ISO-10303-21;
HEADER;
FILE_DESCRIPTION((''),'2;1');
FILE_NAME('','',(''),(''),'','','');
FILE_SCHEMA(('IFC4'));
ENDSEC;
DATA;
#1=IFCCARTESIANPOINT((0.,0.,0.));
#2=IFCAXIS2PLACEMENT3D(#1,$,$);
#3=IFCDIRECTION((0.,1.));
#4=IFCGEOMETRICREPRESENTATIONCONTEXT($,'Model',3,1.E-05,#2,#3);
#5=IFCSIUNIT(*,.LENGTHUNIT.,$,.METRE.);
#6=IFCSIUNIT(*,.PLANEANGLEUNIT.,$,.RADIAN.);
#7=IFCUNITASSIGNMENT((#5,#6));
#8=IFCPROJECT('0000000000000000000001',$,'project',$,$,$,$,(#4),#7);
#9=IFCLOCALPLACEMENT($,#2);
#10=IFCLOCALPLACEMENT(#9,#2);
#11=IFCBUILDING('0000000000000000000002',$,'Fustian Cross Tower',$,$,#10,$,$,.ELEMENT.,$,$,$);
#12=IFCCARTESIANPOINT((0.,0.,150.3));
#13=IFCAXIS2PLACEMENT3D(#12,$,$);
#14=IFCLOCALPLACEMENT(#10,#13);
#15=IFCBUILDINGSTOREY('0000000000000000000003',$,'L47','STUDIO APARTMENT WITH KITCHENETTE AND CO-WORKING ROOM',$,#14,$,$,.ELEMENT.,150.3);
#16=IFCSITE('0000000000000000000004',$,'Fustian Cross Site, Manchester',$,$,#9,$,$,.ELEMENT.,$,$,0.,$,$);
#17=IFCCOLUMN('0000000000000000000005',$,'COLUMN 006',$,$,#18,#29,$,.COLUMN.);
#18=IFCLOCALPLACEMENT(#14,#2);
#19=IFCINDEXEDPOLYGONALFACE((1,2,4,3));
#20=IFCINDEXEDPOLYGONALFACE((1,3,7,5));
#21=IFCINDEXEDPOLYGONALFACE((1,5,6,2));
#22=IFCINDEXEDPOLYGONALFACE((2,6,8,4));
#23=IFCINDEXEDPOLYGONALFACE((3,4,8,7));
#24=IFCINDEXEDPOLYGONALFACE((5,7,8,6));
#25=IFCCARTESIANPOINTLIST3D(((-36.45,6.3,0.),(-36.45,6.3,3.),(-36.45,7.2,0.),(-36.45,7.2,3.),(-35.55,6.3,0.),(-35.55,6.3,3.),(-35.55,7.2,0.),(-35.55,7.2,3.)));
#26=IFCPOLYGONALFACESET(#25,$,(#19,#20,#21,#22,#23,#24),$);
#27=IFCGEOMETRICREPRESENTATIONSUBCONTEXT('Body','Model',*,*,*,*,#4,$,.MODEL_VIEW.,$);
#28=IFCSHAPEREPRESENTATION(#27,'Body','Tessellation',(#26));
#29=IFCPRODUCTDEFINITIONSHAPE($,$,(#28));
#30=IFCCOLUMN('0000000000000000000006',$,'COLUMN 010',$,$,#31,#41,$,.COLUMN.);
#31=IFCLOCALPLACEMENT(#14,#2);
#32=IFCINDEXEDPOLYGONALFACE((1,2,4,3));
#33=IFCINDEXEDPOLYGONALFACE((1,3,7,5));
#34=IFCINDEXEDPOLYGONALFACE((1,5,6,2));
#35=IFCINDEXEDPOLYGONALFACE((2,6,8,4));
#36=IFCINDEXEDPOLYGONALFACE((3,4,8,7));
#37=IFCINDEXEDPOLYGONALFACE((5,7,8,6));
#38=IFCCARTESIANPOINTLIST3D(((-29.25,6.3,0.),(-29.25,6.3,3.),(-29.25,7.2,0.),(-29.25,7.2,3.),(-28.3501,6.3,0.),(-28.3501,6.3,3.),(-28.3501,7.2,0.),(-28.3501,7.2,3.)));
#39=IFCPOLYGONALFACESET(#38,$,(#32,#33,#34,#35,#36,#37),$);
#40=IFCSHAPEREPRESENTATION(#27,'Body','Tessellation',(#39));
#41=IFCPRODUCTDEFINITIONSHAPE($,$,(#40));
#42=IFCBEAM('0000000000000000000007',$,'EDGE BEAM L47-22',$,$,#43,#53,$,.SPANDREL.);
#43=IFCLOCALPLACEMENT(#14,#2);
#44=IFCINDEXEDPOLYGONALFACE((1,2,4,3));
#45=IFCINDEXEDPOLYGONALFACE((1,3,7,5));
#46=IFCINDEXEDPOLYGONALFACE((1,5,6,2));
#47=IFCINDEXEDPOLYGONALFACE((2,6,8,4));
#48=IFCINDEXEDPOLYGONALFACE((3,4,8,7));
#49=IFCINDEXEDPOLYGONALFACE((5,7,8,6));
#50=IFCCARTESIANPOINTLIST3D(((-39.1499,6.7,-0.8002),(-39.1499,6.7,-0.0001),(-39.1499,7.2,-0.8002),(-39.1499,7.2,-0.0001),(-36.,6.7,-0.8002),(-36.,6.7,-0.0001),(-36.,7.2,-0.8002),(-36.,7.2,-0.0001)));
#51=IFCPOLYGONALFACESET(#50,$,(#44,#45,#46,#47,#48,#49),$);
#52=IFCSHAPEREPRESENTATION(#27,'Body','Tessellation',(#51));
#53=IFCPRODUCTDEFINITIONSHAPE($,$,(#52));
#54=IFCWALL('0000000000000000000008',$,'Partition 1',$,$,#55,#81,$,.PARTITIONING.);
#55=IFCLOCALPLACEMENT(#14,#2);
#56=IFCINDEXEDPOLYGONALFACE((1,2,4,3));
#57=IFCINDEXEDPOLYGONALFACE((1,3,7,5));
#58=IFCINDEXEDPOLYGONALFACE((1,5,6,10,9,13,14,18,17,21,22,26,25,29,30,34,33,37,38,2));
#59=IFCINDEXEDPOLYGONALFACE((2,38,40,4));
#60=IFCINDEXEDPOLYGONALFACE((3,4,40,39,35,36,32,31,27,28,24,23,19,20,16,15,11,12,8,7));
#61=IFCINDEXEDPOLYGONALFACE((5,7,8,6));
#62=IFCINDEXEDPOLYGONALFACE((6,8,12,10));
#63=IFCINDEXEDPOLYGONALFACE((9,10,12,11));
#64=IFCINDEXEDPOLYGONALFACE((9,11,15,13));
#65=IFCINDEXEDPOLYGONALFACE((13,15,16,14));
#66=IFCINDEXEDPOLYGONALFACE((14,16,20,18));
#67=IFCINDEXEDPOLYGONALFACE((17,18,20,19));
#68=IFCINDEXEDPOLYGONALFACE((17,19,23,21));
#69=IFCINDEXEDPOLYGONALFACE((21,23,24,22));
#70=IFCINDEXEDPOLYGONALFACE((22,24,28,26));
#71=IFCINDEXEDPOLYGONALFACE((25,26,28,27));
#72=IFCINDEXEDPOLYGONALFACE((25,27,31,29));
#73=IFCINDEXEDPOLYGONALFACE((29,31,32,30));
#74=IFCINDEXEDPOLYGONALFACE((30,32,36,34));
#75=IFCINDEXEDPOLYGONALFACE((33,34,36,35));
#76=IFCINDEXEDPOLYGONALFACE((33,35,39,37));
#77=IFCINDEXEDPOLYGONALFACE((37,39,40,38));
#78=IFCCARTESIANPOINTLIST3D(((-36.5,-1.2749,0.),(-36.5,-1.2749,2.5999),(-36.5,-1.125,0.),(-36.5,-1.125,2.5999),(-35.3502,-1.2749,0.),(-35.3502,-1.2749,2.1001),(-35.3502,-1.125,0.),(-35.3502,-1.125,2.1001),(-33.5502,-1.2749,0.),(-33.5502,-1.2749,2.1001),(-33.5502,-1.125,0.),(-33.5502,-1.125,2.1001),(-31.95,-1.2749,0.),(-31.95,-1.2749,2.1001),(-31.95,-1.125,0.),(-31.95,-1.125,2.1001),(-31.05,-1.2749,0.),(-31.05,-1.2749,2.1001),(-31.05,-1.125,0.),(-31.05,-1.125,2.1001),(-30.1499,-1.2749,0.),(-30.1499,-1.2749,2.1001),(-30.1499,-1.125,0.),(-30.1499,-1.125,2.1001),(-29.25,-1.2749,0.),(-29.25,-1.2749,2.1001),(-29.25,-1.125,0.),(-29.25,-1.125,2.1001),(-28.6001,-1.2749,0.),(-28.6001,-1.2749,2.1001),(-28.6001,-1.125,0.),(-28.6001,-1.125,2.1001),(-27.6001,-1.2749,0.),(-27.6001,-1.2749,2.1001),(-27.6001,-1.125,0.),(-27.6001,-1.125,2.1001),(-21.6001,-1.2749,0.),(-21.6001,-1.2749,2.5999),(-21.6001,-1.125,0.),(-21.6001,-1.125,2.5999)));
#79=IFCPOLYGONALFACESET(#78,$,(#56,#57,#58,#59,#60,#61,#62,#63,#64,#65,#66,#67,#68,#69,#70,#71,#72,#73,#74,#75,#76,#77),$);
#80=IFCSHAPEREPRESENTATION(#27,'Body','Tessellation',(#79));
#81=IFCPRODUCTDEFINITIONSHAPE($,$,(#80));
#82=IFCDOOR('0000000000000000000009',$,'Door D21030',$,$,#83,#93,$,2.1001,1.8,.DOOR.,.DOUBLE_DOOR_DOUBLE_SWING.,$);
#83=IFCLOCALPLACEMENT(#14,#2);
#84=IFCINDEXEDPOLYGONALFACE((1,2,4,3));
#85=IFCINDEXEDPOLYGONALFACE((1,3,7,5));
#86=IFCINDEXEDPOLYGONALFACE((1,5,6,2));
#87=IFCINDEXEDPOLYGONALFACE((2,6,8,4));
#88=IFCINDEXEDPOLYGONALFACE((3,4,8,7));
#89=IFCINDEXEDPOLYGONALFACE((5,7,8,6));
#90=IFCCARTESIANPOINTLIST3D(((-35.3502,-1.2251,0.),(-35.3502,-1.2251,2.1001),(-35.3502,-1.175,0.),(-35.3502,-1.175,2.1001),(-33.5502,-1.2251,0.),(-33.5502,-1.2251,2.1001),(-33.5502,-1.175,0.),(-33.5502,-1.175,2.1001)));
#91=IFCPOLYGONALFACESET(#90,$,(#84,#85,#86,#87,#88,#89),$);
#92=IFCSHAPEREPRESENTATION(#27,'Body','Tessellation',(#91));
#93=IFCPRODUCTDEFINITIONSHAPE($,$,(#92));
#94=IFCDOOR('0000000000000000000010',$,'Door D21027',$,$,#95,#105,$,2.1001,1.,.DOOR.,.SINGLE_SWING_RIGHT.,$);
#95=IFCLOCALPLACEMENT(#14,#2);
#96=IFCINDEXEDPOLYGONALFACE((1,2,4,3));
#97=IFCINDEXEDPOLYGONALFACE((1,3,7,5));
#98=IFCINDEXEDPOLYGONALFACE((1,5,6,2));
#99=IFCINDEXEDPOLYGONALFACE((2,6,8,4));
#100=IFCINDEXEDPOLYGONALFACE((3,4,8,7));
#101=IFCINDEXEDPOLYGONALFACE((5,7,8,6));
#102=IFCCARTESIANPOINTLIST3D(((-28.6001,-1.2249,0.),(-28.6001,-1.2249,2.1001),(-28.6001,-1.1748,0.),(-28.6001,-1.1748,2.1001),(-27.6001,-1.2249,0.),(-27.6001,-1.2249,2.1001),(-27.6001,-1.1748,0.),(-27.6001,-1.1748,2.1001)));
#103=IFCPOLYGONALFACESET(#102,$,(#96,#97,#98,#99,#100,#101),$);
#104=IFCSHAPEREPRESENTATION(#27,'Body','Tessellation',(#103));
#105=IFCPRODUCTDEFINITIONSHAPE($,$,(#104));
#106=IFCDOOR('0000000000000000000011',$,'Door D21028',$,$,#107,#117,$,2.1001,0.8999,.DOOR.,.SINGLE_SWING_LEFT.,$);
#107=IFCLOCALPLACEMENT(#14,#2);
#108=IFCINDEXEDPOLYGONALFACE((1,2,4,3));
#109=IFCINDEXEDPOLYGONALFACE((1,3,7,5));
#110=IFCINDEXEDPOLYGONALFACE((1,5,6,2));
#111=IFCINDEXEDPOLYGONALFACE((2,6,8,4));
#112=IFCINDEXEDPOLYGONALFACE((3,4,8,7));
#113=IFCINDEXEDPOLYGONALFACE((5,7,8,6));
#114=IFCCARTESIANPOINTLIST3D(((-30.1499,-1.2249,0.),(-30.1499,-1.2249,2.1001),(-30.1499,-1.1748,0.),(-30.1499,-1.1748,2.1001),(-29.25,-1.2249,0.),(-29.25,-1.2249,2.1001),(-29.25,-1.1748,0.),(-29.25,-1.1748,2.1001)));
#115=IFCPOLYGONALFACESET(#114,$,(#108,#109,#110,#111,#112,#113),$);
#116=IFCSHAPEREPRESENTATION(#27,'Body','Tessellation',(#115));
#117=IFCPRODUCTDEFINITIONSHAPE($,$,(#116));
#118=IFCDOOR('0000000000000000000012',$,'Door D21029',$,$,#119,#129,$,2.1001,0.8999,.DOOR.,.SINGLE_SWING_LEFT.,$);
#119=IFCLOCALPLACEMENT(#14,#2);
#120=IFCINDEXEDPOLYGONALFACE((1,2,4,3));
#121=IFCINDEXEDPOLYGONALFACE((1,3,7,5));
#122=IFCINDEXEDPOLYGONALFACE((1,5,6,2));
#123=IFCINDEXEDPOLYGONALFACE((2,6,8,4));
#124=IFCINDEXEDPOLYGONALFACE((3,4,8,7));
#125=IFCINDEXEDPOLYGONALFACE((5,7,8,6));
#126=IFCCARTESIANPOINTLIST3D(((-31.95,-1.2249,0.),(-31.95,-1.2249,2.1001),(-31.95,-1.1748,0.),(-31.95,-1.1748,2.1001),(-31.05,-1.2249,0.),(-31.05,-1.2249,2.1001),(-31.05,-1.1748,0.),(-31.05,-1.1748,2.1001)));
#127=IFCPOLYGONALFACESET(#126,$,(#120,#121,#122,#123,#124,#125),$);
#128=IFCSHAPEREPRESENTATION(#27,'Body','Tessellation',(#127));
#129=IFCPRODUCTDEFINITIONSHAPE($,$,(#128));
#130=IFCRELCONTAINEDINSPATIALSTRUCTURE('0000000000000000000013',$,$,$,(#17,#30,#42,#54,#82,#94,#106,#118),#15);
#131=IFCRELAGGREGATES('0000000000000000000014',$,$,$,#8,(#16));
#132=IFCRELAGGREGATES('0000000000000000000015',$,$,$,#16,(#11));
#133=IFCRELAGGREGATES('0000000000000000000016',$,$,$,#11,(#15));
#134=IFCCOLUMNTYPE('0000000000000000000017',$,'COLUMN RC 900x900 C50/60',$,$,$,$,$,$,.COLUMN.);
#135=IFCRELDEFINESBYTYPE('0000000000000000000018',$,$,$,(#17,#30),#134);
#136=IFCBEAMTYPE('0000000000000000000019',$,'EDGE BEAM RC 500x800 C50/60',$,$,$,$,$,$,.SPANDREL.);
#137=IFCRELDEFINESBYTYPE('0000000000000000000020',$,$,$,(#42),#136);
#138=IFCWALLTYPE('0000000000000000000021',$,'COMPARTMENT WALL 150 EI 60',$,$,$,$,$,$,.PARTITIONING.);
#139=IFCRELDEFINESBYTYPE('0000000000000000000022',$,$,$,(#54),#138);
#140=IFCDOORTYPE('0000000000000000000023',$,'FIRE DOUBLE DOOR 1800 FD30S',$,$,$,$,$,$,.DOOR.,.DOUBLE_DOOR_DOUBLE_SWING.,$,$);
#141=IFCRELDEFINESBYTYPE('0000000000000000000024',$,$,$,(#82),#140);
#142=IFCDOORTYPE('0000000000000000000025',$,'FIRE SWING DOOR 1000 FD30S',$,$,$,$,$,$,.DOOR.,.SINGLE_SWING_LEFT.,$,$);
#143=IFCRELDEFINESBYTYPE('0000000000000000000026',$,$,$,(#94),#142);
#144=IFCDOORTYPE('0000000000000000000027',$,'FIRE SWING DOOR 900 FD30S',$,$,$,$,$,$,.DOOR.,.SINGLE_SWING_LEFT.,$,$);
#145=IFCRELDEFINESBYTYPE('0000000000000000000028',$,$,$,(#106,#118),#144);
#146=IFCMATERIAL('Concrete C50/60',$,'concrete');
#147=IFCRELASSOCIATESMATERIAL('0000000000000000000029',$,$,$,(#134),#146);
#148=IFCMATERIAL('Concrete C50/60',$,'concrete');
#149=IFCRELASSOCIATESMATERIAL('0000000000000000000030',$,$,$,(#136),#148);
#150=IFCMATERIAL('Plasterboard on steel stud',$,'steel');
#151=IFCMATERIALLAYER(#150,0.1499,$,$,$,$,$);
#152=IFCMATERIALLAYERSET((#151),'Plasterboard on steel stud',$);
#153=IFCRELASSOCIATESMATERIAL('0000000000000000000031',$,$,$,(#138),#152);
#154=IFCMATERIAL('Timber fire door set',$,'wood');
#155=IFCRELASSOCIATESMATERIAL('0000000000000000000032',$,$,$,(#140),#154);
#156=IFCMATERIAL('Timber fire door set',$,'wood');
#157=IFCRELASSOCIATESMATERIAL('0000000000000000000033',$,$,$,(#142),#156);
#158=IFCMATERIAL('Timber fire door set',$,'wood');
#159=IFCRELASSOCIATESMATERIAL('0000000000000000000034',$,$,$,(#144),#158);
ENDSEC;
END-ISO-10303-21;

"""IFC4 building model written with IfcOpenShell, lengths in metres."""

from ifc_helpers import new_model, si_unit, direction, frame, frame_2d, origin, origin_2d, place, context, subcontext, project, spatial, rectangle, extrude, material, layer, layer_set, material_profile, profile_set, type_object, element, fill, save


model = new_model("IFC4")

# Units and contexts
model_context = context("Model", 3, precision=1e-05, world=origin(), true_north=direction((0.0, 1.0)))
body_context = subcontext(model_context, "Body", "Model", "MODEL_VIEW")
ifc_project = project(units=[si_unit("LENGTHUNIT", "METRE"), si_unit("PLANEANGLEUNIT", "RADIAN")], contexts=[model_context])

# Site, building, storey
site_placement = place(None, origin())
site = spatial("IfcSite", under=ifc_project, at=site_placement, Name="Fustian Cross Site, Manchester", CompositionType="ELEMENT", RefElevation=0.0)
building_placement = place(site_placement, origin())
building = spatial("IfcBuilding", under=site, at=building_placement, Name="Fustian Cross Tower", CompositionType="ELEMENT")
storey_placement = place(building_placement, frame((0.0, 0.0, 150.3)))
storey = spatial("IfcBuildingStorey", under=building, at=storey_placement, Name="L47", Description="STUDIO APARTMENT WITH KITCHENETTE AND CO-WORKING ROOM", CompositionType="ELEMENT", Elevation=150.3)

# Columns
ifc_material_1 = material(Name="Concrete C50/60", Category="concrete")
ifc_material_profile_1 = material_profile(ifc_material_1, rectangle(XDim=0.8999, YDim=0.8999, at=origin_2d()), Name="RC 900x900")
ifc_profile_set_1 = profile_set([ifc_material_profile_1], Name="Concrete C50/60")
column_type = type_object("IfcColumnType", Name="COLUMN RC 900x900 C50/60", PredefinedType="COLUMN", material=ifc_profile_set_1)
for number, where, z_axis, x_axis, name in (
    (1, (-36.0, 6.75, 0.0), (0.0, 0.0, 1.0), (1.0, 0.0, 0.0), "COLUMN 006"),
    (2, (-28.8, 6.75, 0.0), (0.0, 0.0, 1.0), (1.0, 0.0, 0.0), "COLUMN 010"),
):
    element("IfcColumn", number, at=place(storey_placement, frame(where, z_axis=z_axis, x_axis=x_axis)), inside=storey, type_object=column_type, Name=name, PredefinedType="COLUMN", context=body_context, shape_type="SweptSolid", body=[
        extrude(rectangle(XDim=0.8999, YDim=0.8999, at=origin_2d()), origin(), (0.0, 0.0, 1.0), 3.0),
    ])

# Beam
ifc_material_2 = material(Name="Concrete C50/60", Category="concrete")
ifc_material_profile_2 = material_profile(ifc_material_2, rectangle(XDim=0.5, YDim=0.8, at=origin_2d()), Name="RC 500x800")
ifc_profile_set_2 = profile_set([ifc_material_profile_2], Name="Concrete C50/60")
beam_type = type_object("IfcBeamType", Name="EDGE BEAM RC 500x800 C50/60", PredefinedType="SPANDREL", material=ifc_profile_set_2)
beam_placement = place(storey_placement, frame((-36.0, 6.95, -0.4001), z_axis=(-1.0, 0.0, 0.0), x_axis=(0.0, -1.0, 0.0)))
element("IfcBeam", 3, at=beam_placement, inside=storey, type_object=beam_type, Name="EDGE BEAM L47-22", PredefinedType="SPANDREL", context=body_context, shape_type="SweptSolid", body=[
    extrude(rectangle(XDim=0.5, YDim=0.8, at=origin_2d()), origin(), (0.0, 0.0, 1.0), 3.1499),
])

# Wall, openings, doors
ifc_material_3 = material(Name="Plasterboard on steel stud", Category="steel")
ifc_layer_1 = layer(ifc_material_3, 0.1499)
ifc_layer_set_1 = layer_set([ifc_layer_1], Name="Plasterboard on steel stud")
wall_type_1 = type_object("IfcWallType", Name="COMPARTMENT WALL 150 EI 60", PredefinedType="PARTITIONING", material=ifc_layer_set_1)
wall_1_placement = place(storey_placement, frame((-36.5, -1.2, 0.0), z_axis=(0.0, 0.0, 1.0), x_axis=(1.0, 0.0, 0.0)))
wall_1 = element("IfcWall", 4, at=wall_1_placement, inside=storey, type_object=wall_type_1, Name="Partition 1", PredefinedType="PARTITIONING", context=body_context, shape_type="SweptSolid", body=[
    extrude(rectangle(XDim=14.8999, YDim=0.1499, at=frame_2d((7.45, 0.0))), origin(), (0.0, 0.0, 1.0), 2.5999),
])
opening_1_placement = place(wall_1_placement, frame((7.8999, 0.0, 0.0)))
opening_1 = element("IfcOpeningElement", 5, at=opening_1_placement, cuts=wall_1, PredefinedType="OPENING", context=body_context, shape_type="SweptSolid", body=[
    extrude(rectangle(XDim=1.0, YDim=2.1001, at=frame_2d((0.5, 1.05))), frame((0.0, 0.085, 0.0), z_axis=(0.0, -1.0, 0.0), x_axis=(1.0, 0.0, 0.0)), (0.0, 0.0, 1.0), 0.1699),
])
opening_2_placement = place(wall_1_placement, frame((6.3501, 0.0, 0.0)))
opening_2 = element("IfcOpeningElement", 6, at=opening_2_placement, cuts=wall_1, PredefinedType="OPENING", context=body_context, shape_type="SweptSolid", body=[
    extrude(rectangle(XDim=0.8999, YDim=2.1001, at=frame_2d((0.45, 1.05))), frame((0.0, 0.085, 0.0), z_axis=(0.0, -1.0, 0.0), x_axis=(1.0, 0.0, 0.0)), (0.0, 0.0, 1.0), 0.1699),
])
opening_3_placement = place(wall_1_placement, frame((4.55, 0.0, 0.0)))
opening_3 = element("IfcOpeningElement", 7, at=opening_3_placement, cuts=wall_1, PredefinedType="OPENING", context=body_context, shape_type="SweptSolid", body=[
    extrude(rectangle(XDim=0.8999, YDim=2.1001, at=frame_2d((0.45, 1.05))), frame((0.0, 0.085, 0.0), z_axis=(0.0, -1.0, 0.0), x_axis=(1.0, 0.0, 0.0)), (0.0, 0.0, 1.0), 0.1699),
])
opening_4_placement = place(wall_1_placement, frame((1.1499, 0.0, 0.0)))
opening_4 = element("IfcOpeningElement", 8, at=opening_4_placement, cuts=wall_1, PredefinedType="OPENING", context=body_context, shape_type="SweptSolid", body=[
    extrude(rectangle(XDim=1.8, YDim=2.1001, at=frame_2d((0.8999, 1.05))), frame((0.0, 0.085, 0.0), z_axis=(0.0, -1.0, 0.0), x_axis=(1.0, 0.0, 0.0)), (0.0, 0.0, 1.0), 0.1699),
])
ifc_material_4 = material(Name="Timber fire door set", Category="wood")
door_type_1 = type_object("IfcDoorType", Name="FIRE DOUBLE DOOR 1800 FD30S", OperationType="DOUBLE_DOOR_DOUBLE_SWING", PredefinedType="DOOR", material=ifc_material_4)
door_1_placement = place(opening_4_placement, origin())
door_1 = element("IfcDoor", 9, at=door_1_placement, inside=storey, type_object=door_type_1, Name="Door D21030", OperationType="DOUBLE_DOOR_DOUBLE_SWING", OverallHeight=2.1001, OverallWidth=1.8, PredefinedType="DOOR", context=body_context, shape_type="SweptSolid", body=[
    extrude(rectangle(XDim=1.8, YDim=2.1001, at=frame_2d((0.8999, 1.05))), frame((0.0, 0.0249, 0.0), z_axis=(0.0, -1.0, 0.0), x_axis=(1.0, 0.0, 0.0)), (0.0, 0.0, 1.0), 0.05),
])
fill(opening_4, door_1)
ifc_material_5 = material(Name="Timber fire door set", Category="wood")
door_type_2 = type_object("IfcDoorType", Name="FIRE SWING DOOR 1000 FD30S", OperationType="SINGLE_SWING_LEFT", PredefinedType="DOOR", material=ifc_material_5)
door_2_placement = place(opening_1_placement, frame((1.0, 0.0, 0.0), z_axis=(0.0, 0.0, 1.0), x_axis=(-1.0, 0.0, 0.0)))
door_2 = element("IfcDoor", 10, at=door_2_placement, inside=storey, type_object=door_type_2, Name="Door D21027", OperationType="SINGLE_SWING_RIGHT", OverallHeight=2.1001, OverallWidth=1.0, PredefinedType="DOOR", context=body_context, shape_type="SweptSolid", body=[
    extrude(rectangle(XDim=1.0, YDim=2.1001, at=frame_2d((0.5, 1.05))), frame((0.0, 0.0249, 0.0), z_axis=(0.0, -1.0, 0.0), x_axis=(1.0, 0.0, 0.0)), (0.0, 0.0, 1.0), 0.05),
])
fill(opening_1, door_2)
ifc_material_6 = material(Name="Timber fire door set", Category="wood")
door_type_3 = type_object("IfcDoorType", Name="FIRE SWING DOOR 900 FD30S", OperationType="SINGLE_SWING_LEFT", PredefinedType="DOOR", material=ifc_material_6)
door_3_placement = place(opening_2_placement, frame((0.8999, 0.0, 0.0), z_axis=(0.0, 0.0, 1.0), x_axis=(-1.0, 0.0, 0.0)))
door_3 = element("IfcDoor", 11, at=door_3_placement, inside=storey, type_object=door_type_3, Name="Door D21028", OperationType="SINGLE_SWING_LEFT", OverallHeight=2.1001, OverallWidth=0.8999, PredefinedType="DOOR", context=body_context, shape_type="SweptSolid", body=[
    extrude(rectangle(XDim=0.8999, YDim=2.1001, at=frame_2d((0.45, 1.05))), frame((0.0, 0.0249, 0.0), z_axis=(0.0, -1.0, 0.0), x_axis=(1.0, 0.0, 0.0)), (0.0, 0.0, 1.0), 0.05),
])
fill(opening_2, door_3)
door_4_placement = place(opening_3_placement, frame((0.8999, 0.0, 0.0), z_axis=(0.0, 0.0, 1.0), x_axis=(-1.0, 0.0, 0.0)))
door_4 = element("IfcDoor", 12, at=door_4_placement, inside=storey, type_object=door_type_3, Name="Door D21029", OperationType="SINGLE_SWING_LEFT", OverallHeight=2.1001, OverallWidth=0.8999, PredefinedType="DOOR", context=body_context, shape_type="SweptSolid", body=[
    extrude(rectangle(XDim=0.8999, YDim=2.1001, at=frame_2d((0.45, 1.05))), frame((0.0, 0.0249, 0.0), z_axis=(0.0, -1.0, 0.0), x_axis=(1.0, 0.0, 0.0)), (0.0, 0.0, 1.0), 0.05),
])
fill(opening_3, door_4)

save(model, "model.ifc")
